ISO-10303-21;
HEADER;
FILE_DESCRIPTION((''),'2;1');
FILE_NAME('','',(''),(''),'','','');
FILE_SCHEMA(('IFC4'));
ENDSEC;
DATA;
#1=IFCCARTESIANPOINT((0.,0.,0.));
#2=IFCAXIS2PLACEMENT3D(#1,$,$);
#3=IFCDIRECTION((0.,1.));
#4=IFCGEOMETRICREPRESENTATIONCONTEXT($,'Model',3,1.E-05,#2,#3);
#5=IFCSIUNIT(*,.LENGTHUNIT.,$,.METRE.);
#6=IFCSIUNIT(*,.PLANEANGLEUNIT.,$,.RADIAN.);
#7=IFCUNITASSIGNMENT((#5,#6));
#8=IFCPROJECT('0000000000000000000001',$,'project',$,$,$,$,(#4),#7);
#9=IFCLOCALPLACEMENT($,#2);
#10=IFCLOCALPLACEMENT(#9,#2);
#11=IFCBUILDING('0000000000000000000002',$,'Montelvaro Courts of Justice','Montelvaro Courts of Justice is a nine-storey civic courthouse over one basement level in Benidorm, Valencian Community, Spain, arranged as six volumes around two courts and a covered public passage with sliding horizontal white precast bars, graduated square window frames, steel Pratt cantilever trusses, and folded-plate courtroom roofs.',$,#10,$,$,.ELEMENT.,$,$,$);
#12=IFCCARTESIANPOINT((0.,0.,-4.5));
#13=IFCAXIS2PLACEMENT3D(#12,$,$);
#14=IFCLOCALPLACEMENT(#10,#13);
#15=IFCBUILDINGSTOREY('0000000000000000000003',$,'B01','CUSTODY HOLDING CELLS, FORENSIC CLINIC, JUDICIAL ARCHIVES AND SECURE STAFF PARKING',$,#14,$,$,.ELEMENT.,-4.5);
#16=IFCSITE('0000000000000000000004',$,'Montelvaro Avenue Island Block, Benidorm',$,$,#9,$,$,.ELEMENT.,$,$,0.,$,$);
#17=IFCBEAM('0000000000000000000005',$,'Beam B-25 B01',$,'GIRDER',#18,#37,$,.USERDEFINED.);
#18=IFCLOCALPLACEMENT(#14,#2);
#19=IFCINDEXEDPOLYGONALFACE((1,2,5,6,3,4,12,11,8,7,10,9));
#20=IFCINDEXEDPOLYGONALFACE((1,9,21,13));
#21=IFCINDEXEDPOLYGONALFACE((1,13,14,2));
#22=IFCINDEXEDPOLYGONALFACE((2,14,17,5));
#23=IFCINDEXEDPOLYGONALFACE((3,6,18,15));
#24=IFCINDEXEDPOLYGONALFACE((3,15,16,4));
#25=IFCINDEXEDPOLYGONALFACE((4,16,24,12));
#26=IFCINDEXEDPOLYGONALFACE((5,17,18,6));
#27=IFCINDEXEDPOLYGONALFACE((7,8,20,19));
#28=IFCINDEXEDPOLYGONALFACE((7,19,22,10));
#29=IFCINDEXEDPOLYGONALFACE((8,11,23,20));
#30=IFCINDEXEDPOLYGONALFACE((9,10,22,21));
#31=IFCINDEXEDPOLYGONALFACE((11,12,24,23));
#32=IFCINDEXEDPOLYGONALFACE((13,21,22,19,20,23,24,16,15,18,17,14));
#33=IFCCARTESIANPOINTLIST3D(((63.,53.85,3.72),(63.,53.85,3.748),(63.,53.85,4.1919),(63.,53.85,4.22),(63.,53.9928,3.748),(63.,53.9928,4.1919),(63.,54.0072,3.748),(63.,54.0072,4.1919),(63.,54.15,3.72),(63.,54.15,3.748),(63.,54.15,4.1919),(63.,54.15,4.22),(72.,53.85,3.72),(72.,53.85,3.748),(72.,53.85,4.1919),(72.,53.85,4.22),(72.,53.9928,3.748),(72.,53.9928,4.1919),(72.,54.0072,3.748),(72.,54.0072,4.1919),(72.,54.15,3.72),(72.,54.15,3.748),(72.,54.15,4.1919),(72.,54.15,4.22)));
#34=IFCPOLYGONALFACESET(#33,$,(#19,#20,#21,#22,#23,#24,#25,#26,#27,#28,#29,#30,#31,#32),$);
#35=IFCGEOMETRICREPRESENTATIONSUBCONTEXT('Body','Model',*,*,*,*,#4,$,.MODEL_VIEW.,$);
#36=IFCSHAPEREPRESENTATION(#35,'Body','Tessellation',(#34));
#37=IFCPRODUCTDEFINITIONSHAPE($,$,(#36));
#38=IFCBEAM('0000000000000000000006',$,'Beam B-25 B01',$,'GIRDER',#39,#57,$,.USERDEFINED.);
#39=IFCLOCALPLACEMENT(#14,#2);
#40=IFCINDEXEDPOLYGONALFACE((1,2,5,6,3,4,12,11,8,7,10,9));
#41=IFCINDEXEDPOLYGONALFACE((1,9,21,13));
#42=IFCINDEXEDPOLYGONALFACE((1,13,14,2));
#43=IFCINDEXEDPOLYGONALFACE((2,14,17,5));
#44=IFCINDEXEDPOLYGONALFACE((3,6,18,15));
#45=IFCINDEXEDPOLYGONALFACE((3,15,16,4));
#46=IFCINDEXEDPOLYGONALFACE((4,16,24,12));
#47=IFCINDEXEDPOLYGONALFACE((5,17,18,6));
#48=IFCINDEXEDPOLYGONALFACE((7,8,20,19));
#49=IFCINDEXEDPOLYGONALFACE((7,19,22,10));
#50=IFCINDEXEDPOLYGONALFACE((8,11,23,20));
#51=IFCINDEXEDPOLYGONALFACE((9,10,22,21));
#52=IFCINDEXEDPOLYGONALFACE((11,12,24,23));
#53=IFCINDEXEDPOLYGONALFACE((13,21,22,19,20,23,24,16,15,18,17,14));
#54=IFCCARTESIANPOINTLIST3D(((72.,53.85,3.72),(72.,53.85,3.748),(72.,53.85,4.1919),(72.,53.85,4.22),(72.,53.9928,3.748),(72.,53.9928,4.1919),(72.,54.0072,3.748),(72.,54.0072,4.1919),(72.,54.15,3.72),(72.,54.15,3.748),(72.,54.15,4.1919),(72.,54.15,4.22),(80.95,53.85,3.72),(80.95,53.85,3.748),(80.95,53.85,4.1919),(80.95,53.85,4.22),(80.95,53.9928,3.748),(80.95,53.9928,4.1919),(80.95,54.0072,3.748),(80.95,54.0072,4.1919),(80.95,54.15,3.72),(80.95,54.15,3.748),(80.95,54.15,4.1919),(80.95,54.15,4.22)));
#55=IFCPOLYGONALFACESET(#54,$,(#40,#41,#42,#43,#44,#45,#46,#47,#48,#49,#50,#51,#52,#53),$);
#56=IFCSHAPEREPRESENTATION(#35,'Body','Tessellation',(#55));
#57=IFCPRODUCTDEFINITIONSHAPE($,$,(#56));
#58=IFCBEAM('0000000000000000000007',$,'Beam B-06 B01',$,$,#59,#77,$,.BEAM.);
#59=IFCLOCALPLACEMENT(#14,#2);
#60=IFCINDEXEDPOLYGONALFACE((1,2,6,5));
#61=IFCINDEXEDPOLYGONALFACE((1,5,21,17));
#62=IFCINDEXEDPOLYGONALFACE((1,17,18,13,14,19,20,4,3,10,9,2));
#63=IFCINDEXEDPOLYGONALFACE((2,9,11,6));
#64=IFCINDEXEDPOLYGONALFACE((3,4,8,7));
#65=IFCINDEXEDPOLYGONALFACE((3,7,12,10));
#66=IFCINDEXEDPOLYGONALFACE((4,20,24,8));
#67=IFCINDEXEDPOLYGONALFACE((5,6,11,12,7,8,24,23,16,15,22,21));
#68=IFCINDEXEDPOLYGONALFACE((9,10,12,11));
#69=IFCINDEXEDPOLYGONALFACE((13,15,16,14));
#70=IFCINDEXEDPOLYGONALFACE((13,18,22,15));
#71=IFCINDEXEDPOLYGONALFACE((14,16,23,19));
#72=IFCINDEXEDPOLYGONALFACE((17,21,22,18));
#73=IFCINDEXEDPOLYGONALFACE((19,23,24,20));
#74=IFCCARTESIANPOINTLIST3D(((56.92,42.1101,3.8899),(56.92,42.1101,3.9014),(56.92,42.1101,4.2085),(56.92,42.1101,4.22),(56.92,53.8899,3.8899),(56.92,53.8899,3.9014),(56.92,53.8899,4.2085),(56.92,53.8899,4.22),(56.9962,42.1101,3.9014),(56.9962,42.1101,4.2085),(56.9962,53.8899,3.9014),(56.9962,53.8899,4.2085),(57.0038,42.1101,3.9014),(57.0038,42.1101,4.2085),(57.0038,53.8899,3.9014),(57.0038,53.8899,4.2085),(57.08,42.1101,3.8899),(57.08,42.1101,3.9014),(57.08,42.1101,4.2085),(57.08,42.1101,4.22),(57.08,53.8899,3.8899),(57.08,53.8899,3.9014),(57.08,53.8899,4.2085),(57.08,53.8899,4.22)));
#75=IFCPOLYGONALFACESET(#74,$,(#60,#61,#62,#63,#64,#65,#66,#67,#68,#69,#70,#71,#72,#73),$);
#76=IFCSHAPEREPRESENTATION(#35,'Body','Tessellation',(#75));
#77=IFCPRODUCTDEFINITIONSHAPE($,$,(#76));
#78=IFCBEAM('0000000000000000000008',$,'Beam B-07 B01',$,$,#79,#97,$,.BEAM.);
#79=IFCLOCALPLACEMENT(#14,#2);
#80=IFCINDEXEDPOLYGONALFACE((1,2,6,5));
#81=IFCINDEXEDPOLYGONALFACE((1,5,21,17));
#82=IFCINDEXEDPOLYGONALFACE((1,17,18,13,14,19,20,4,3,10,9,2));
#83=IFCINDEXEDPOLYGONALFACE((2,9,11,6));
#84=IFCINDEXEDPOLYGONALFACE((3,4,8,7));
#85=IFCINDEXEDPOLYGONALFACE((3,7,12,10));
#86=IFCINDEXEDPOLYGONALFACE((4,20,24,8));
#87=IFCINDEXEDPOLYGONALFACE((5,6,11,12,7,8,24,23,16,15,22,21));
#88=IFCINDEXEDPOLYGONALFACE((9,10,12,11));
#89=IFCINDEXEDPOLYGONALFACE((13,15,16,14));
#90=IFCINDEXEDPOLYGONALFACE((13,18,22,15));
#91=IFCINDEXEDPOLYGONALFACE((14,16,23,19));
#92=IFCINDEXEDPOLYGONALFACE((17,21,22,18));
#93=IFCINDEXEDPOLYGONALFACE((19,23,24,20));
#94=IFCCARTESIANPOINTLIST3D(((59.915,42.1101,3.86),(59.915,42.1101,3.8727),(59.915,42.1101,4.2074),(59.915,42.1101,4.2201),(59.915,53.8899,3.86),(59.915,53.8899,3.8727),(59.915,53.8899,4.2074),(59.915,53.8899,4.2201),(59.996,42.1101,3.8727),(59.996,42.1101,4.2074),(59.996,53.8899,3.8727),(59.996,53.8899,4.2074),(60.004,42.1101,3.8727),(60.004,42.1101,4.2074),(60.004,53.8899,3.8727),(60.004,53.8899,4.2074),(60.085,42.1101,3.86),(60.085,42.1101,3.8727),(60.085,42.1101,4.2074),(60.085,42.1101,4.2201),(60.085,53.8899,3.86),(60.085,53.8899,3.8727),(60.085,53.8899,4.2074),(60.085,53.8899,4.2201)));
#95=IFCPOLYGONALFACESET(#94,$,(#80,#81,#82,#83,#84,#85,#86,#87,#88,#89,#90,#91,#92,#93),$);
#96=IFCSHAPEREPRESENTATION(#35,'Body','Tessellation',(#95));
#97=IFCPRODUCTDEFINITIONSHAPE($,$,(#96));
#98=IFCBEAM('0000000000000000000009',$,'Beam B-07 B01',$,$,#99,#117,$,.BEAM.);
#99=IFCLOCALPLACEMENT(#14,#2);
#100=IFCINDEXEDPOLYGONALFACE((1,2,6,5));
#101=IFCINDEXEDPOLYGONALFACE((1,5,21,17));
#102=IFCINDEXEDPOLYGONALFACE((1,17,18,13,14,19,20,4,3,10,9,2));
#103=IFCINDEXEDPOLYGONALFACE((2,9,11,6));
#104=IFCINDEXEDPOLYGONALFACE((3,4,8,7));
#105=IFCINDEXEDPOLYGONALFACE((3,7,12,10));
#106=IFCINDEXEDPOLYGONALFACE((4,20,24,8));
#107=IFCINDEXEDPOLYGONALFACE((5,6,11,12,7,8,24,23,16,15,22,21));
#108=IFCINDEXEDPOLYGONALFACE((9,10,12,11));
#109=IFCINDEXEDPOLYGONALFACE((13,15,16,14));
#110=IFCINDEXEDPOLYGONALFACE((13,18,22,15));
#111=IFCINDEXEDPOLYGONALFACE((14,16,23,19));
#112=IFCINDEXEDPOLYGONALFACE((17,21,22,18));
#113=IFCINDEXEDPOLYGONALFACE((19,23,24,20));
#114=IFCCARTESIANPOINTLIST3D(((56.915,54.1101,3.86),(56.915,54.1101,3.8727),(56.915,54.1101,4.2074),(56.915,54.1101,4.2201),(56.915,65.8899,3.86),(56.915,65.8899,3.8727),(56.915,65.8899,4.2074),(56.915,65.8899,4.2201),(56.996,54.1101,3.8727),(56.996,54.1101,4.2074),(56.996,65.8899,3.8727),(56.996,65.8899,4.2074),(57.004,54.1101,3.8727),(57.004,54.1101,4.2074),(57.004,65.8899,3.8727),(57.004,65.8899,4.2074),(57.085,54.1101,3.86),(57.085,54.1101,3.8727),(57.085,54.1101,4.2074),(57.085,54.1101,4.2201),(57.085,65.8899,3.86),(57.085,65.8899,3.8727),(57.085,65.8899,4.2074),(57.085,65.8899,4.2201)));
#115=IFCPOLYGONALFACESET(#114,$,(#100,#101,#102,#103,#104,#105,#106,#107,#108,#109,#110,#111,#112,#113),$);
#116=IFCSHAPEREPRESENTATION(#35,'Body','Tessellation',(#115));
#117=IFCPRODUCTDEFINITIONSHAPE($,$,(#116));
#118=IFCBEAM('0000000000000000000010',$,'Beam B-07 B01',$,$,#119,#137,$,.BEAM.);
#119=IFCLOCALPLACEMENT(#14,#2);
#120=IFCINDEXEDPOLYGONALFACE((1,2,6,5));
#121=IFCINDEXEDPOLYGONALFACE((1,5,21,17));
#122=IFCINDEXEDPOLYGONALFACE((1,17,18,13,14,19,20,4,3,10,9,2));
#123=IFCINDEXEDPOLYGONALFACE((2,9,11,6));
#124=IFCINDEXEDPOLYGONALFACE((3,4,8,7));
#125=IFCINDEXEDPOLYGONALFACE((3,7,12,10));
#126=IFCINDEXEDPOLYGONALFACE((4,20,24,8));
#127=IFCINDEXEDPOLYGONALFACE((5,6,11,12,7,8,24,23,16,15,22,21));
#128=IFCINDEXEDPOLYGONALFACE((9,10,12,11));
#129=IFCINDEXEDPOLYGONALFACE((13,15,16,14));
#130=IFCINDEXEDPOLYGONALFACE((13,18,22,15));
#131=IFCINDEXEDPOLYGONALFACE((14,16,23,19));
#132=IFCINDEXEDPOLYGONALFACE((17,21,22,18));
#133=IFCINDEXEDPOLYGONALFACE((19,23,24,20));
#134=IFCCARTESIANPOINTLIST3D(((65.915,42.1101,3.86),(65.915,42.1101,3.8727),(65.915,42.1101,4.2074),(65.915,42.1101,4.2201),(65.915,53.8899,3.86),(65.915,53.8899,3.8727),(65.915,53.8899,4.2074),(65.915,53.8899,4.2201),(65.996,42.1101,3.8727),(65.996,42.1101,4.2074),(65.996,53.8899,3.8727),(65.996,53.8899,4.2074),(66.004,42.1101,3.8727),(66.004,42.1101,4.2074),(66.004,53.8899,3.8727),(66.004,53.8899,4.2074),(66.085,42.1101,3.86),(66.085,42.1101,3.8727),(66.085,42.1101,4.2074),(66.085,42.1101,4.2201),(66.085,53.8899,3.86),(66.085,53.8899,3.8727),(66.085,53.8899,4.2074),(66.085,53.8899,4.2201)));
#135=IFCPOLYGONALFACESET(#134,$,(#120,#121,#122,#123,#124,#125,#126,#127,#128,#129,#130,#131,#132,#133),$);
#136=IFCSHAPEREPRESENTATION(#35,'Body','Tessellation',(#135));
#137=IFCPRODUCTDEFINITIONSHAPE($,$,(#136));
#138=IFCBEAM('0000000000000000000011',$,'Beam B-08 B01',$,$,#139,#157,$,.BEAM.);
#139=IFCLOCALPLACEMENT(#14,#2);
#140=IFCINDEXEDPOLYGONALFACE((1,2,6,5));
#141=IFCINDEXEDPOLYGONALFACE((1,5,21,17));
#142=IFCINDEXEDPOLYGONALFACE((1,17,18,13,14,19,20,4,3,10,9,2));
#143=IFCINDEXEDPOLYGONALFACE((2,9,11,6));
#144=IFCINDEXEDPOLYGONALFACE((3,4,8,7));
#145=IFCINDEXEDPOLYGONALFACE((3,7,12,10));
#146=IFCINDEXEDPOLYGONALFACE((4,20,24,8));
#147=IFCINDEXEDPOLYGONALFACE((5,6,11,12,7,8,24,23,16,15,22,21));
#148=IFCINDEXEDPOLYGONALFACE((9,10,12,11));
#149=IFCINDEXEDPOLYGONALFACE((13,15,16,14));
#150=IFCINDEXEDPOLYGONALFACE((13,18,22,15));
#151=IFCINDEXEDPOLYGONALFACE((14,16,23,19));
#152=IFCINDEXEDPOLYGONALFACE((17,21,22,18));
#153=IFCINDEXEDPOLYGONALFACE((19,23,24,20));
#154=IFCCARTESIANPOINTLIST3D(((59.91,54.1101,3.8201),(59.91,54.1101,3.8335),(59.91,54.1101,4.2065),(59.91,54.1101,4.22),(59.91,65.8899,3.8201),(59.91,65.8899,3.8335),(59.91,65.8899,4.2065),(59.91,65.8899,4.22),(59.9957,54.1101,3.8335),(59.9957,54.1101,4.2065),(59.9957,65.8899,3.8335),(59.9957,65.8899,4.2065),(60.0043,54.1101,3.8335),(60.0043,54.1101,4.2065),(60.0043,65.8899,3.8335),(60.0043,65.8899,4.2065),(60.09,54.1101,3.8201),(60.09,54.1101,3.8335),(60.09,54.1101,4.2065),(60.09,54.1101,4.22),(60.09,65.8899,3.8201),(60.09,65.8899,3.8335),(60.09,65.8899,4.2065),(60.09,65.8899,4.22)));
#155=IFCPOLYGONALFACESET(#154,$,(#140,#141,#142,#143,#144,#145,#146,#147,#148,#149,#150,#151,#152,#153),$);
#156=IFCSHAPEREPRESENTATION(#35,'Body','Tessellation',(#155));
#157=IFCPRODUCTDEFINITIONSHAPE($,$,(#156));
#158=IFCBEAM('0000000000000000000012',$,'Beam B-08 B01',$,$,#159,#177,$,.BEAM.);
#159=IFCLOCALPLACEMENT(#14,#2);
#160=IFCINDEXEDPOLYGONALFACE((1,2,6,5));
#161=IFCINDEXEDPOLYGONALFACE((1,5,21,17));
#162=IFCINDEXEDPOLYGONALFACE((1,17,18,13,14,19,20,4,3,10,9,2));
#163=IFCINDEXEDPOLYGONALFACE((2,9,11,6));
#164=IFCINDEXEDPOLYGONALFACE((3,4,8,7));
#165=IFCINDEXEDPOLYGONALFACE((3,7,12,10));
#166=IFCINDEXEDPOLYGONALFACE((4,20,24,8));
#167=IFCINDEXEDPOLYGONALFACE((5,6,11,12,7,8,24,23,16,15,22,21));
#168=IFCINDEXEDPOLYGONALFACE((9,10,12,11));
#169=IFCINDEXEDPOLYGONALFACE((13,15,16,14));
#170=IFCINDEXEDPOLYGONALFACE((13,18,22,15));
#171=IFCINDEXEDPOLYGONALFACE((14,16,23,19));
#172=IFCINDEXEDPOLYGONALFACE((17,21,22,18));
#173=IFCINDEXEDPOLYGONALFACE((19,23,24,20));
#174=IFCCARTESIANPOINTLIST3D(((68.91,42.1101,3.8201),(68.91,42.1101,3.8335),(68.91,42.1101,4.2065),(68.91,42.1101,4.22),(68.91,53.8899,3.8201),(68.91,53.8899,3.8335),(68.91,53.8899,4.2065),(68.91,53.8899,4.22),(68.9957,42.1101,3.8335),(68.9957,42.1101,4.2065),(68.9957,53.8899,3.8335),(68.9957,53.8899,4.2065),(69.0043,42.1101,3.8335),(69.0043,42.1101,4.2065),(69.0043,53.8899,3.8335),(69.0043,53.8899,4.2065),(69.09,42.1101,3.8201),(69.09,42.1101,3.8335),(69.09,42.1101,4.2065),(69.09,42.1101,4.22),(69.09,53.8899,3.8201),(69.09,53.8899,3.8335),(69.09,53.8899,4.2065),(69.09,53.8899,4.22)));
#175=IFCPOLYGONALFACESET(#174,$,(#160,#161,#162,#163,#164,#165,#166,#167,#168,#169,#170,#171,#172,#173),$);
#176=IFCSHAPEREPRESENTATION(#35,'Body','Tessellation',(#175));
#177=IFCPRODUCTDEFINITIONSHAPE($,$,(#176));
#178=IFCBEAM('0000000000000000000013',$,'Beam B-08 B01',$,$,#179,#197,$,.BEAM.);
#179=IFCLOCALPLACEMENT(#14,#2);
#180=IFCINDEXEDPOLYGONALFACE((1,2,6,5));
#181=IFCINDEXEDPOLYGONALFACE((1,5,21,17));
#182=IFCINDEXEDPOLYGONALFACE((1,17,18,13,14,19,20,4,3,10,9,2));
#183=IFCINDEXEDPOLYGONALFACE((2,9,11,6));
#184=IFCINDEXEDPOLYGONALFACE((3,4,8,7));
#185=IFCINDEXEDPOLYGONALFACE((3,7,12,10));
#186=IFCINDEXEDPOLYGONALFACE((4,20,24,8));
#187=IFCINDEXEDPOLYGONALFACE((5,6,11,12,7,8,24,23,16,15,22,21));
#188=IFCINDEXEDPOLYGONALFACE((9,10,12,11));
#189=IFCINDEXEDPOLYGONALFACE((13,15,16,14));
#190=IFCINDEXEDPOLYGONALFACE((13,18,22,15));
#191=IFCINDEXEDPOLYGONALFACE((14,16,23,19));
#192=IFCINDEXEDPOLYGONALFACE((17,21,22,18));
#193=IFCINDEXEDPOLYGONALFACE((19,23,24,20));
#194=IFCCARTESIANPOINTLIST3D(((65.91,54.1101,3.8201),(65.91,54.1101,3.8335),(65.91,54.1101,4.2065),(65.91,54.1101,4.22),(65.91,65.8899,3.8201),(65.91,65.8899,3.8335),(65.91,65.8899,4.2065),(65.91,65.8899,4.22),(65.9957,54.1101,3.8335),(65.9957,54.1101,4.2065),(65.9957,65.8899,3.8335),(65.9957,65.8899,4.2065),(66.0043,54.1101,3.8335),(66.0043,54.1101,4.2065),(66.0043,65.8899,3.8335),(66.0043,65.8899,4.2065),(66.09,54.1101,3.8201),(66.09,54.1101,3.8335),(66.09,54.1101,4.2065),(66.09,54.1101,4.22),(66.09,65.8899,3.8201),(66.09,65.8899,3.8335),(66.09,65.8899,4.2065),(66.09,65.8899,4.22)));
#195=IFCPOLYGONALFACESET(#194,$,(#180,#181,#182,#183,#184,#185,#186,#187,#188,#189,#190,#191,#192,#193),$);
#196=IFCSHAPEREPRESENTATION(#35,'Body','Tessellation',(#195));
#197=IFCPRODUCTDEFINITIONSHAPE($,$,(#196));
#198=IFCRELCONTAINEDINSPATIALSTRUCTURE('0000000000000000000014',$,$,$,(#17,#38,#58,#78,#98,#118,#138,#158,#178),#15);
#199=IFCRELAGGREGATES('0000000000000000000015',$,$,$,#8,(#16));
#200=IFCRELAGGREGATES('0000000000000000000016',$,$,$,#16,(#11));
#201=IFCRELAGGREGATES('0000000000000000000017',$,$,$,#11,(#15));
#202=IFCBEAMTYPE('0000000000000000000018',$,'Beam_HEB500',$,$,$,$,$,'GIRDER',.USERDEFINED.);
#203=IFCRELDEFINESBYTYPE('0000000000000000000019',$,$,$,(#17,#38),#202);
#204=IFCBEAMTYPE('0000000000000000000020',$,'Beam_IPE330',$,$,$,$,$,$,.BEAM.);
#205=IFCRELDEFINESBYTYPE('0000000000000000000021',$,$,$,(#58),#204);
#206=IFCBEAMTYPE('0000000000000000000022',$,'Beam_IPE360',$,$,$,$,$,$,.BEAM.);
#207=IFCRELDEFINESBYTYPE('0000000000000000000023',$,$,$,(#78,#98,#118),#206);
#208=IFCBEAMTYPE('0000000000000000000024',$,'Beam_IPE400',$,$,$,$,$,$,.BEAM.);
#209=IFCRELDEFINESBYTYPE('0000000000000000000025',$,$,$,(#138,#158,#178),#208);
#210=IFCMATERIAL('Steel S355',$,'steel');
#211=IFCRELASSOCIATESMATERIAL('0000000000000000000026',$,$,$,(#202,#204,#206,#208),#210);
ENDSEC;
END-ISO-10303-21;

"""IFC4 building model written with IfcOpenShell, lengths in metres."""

from ifc_helpers import new_model, si_unit, direction, frame, origin, origin_2d, place, context, subcontext, project, spatial, i_section, extrude, material, material_profile, profile_set, type_object, element, save


model = new_model("IFC4")

# Units and contexts
model_context = context("Model", 3, precision=1e-05, world=origin(), true_north=direction((0.0, 1.0)))
body_context = subcontext(model_context, "Body", "Model", "MODEL_VIEW")
ifc_project = project(units=[si_unit("LENGTHUNIT", "METRE"), si_unit("PLANEANGLEUNIT", "RADIAN")], contexts=[model_context])

# Site, building, storey
site_placement = place(None, origin())
site = spatial("IfcSite", under=ifc_project, at=site_placement, Name="Montelvaro Avenue Island Block, Benidorm", CompositionType="ELEMENT", RefElevation=0.0)
building_placement = place(site_placement, origin())
building = spatial("IfcBuilding", under=site, at=building_placement, Name="Montelvaro Courts of Justice", Description="Montelvaro Courts of Justice is a nine-storey civic courthouse over one basement level in Benidorm, Valencian Community, Spain, arranged as six volumes around two courts and a covered public passage with sliding horizontal white precast bars, graduated square window frames, steel Pratt cantilever trusses, and folded-plate courtroom roofs.", CompositionType="ELEMENT")
storey_placement = place(building_placement, frame((0.0, 0.0, -4.5)))
storey = spatial("IfcBuildingStorey", under=building, at=storey_placement, Name="B01", Description="CUSTODY HOLDING CELLS, FORENSIC CLINIC, JUDICIAL ARCHIVES AND SECURE STAFF PARKING", CompositionType="ELEMENT", Elevation=-4.5)

# Beams
ifc_material_1 = material(Name="Steel S355", Category="steel")
ifc_material_profile_1 = material_profile(ifc_material_1, i_section(OverallWidth=0.3, OverallDepth=0.5, WebThickness=0.0144, FlangeThickness=0.0281, at=origin_2d()), Name="HEB 500")
ifc_profile_set_1 = profile_set([ifc_material_profile_1], Name="Steel S355")
beam_type_1 = type_object("IfcBeamType", Name="Beam_HEB500", ElementType="GIRDER", PredefinedType="USERDEFINED", material=ifc_profile_set_1)
beam_1_placement = place(storey_placement, frame((63.0, 54.0, 3.97), z_axis=(1.0, 0.0, 0.0), x_axis=(0.0, 1.0, 0.0)))
element("IfcBeam", 1, at=beam_1_placement, inside=storey, type_object=beam_type_1, Name="Beam B-25 B01", ObjectType="GIRDER", PredefinedType="USERDEFINED", context=body_context, shape_type="SweptSolid", body=[
    extrude(i_section(OverallWidth=0.3, OverallDepth=0.5, WebThickness=0.0144, FlangeThickness=0.0281, at=origin_2d()), origin(), (0.0, 0.0, 1.0), 9.0),
])
beam_2_placement = place(storey_placement, frame((72.0, 54.0, 3.97), z_axis=(1.0, 0.0, 0.0), x_axis=(0.0, 1.0, 0.0)))
element("IfcBeam", 2, at=beam_2_placement, inside=storey, type_object=beam_type_1, Name="Beam B-25 B01", ObjectType="GIRDER", PredefinedType="USERDEFINED", context=body_context, shape_type="SweptSolid", body=[
    extrude(i_section(OverallWidth=0.3, OverallDepth=0.5, WebThickness=0.0144, FlangeThickness=0.0281, at=origin_2d()), origin(), (0.0, 0.0, 1.0), 8.95),
])
ifc_material_profile_2 = material_profile(ifc_material_1, i_section(OverallWidth=0.1599, OverallDepth=0.3301, WebThickness=0.0076, FlangeThickness=0.0115, at=origin_2d()), Name="IPE 330")
ifc_profile_set_2 = profile_set([ifc_material_profile_2], Name="Steel S355")
beam_type_2 = type_object("IfcBeamType", Name="Beam_IPE330", PredefinedType="BEAM", material=ifc_profile_set_2)
beam_3_placement = place(storey_placement, frame((57.0, 42.1101, 4.0549), z_axis=(0.0, 1.0, 0.0), x_axis=(-1.0, 0.0, 0.0)))
element("IfcBeam", 3, at=beam_3_placement, inside=storey, type_object=beam_type_2, Name="Beam B-06 B01", PredefinedType="BEAM", context=body_context, shape_type="SweptSolid", body=[
    extrude(i_section(OverallWidth=0.1599, OverallDepth=0.3301, WebThickness=0.0076, FlangeThickness=0.0115, at=origin_2d()), origin(), (0.0, 0.0, 1.0), 11.7798),
])
ifc_material_profile_3 = material_profile(ifc_material_1, i_section(OverallWidth=0.1699, OverallDepth=0.3601, WebThickness=0.0081, FlangeThickness=0.0127, at=origin_2d()), Name="IPE 360")
ifc_profile_set_3 = profile_set([ifc_material_profile_3], Name="Steel S355")
beam_type_3 = type_object("IfcBeamType", Name="Beam_IPE360", PredefinedType="BEAM", material=ifc_profile_set_3)
for number, where, z_axis, x_axis, name in (
    (4, (60.0, 42.1101, 4.04), (0.0, 1.0, 0.0), (-1.0, 0.0, 0.0), "Beam B-07 B01"),
    (5, (57.0, 54.1101, 4.04), (0.0, 1.0, 0.0), (-1.0, 0.0, 0.0), "Beam B-07 B01"),
    (6, (66.0, 42.1101, 4.04), (0.0, 1.0, 0.0), (-1.0, 0.0, 0.0), "Beam B-07 B01"),
):
    element("IfcBeam", number, at=place(storey_placement, frame(where, z_axis=z_axis, x_axis=x_axis)), inside=storey, type_object=beam_type_3, Name=name, PredefinedType="BEAM", context=body_context, shape_type="SweptSolid", body=[
        extrude(i_section(OverallWidth=0.1699, OverallDepth=0.3601, WebThickness=0.0081, FlangeThickness=0.0127, at=origin_2d()), origin(), (0.0, 0.0, 1.0), 11.7798),
    ])
ifc_material_profile_4 = material_profile(ifc_material_1, i_section(OverallWidth=0.1799, OverallDepth=0.3999, WebThickness=0.0085, FlangeThickness=0.0134, at=origin_2d()), Name="IPE 400")
ifc_profile_set_4 = profile_set([ifc_material_profile_4], Name="Steel S355")
beam_type_4 = type_object("IfcBeamType", Name="Beam_IPE400", PredefinedType="BEAM", material=ifc_profile_set_4)
for number, where, z_axis, x_axis, name in (
    (7, (60.0, 54.1101, 4.02), (0.0, 1.0, 0.0), (-1.0, 0.0, 0.0), "Beam B-08 B01"),
    (8, (69.0, 42.1101, 4.02), (0.0, 1.0, 0.0), (-1.0, 0.0, 0.0), "Beam B-08 B01"),
    (9, (66.0, 54.1101, 4.02), (0.0, 1.0, 0.0), (-1.0, 0.0, 0.0), "Beam B-08 B01"),
):
    element("IfcBeam", number, at=place(storey_placement, frame(where, z_axis=z_axis, x_axis=x_axis)), inside=storey, type_object=beam_type_4, Name=name, PredefinedType="BEAM", context=body_context, shape_type="SweptSolid", body=[
        extrude(i_section(OverallWidth=0.1799, OverallDepth=0.3999, WebThickness=0.0085, FlangeThickness=0.0134, at=origin_2d()), origin(), (0.0, 0.0, 1.0), 11.7798),
    ])

save(model, "model.ifc")
